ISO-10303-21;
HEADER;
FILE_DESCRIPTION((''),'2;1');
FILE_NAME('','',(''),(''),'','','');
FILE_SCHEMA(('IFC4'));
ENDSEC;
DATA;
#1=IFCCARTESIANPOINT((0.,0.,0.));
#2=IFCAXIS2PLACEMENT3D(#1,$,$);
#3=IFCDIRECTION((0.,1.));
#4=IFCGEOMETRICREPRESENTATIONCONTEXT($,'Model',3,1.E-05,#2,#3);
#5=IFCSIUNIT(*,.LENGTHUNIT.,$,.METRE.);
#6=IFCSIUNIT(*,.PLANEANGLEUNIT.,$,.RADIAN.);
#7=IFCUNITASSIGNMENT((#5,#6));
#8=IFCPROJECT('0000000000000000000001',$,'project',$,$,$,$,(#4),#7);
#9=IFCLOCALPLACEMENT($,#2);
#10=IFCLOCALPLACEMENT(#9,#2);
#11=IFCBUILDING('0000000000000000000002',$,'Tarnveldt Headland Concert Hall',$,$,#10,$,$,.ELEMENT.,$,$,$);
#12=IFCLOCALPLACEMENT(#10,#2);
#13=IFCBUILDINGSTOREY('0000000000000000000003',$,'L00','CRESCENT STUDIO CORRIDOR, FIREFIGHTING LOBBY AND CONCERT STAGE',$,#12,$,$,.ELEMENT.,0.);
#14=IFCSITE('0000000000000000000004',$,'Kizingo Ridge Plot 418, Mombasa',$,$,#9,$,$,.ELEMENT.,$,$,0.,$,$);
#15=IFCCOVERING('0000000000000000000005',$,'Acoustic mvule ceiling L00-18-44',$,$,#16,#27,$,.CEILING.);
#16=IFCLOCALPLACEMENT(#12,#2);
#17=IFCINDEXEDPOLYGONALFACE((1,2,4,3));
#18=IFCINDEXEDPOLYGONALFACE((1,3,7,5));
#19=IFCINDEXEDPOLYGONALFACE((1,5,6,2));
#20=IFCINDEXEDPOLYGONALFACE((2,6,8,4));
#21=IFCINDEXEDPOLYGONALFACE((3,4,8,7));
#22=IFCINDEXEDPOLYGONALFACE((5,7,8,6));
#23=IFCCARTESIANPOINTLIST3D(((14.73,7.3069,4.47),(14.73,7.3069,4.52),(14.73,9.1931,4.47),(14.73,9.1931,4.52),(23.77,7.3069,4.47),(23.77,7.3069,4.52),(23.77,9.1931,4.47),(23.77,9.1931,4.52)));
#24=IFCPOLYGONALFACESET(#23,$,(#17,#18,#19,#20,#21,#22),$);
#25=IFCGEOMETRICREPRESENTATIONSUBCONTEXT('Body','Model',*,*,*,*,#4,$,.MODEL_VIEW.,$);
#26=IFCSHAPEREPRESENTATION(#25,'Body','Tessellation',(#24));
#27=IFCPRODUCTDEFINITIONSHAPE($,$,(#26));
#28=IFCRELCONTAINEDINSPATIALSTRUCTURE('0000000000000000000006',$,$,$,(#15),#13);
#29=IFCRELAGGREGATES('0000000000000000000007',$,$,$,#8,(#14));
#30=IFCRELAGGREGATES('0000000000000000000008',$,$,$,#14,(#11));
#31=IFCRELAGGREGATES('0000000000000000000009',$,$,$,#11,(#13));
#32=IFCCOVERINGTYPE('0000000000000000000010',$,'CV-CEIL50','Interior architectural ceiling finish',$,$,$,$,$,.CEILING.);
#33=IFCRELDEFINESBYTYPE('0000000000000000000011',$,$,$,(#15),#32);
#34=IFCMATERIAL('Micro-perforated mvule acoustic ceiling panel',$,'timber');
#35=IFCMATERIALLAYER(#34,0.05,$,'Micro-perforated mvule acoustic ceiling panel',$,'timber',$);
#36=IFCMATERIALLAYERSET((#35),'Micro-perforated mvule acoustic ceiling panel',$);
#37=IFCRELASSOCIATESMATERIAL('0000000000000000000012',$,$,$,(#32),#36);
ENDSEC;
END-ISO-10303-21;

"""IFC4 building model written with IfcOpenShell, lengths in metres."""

from ifc_helpers import new_model, si_unit, direction, frame, origin, place, context, subcontext, project, spatial, polyline, outline, extrude, material, layer, layer_set, type_object, element, save


model = new_model("IFC4")

# Units and contexts
model_context = context("Model", 3, precision=1e-05, world=origin(), true_north=direction((0.0, 1.0)))
body_context = subcontext(model_context, "Body", "Model", "MODEL_VIEW")
ifc_project = project(units=[si_unit("LENGTHUNIT", "METRE"), si_unit("PLANEANGLEUNIT", "RADIAN")], contexts=[model_context])

# Site, building, storey
site_placement = place(None, origin())
site = spatial("IfcSite", under=ifc_project, at=site_placement, Name="Kizingo Ridge Plot 418, Mombasa", CompositionType="ELEMENT", RefElevation=0.0)
building_placement = place(site_placement, origin())
building = spatial("IfcBuilding", under=site, at=building_placement, Name="Tarnveldt Headland Concert Hall", CompositionType="ELEMENT")
storey_placement = place(building_placement, origin())
storey = spatial("IfcBuildingStorey", under=building, at=storey_placement, Name="L00", Description="CRESCENT STUDIO CORRIDOR, FIREFIGHTING LOBBY AND CONCERT STAGE", CompositionType="ELEMENT", Elevation=0.0)

# Covering
ifc_material = material(Name="Micro-perforated mvule acoustic ceiling panel", Category="timber")
ifc_layer = layer(ifc_material, 0.05, Name="Micro-perforated mvule acoustic ceiling panel", Category="timber")
ifc_layer_set = layer_set([ifc_layer], Name="Micro-perforated mvule acoustic ceiling panel")
covering_type = type_object("IfcCoveringType", Name="CV-CEIL50", Description="Interior architectural ceiling finish", PredefinedType="CEILING", material=ifc_layer_set)
covering_1_placement = place(storey_placement, frame((0.0, 0.0, 4.47)))
element("IfcCovering", 1, at=covering_1_placement, inside=storey, type_object=covering_type, Name="Acoustic mvule ceiling L00-18-44", PredefinedType="CEILING", context=body_context, shape_type="SweptSolid", body=[
    extrude(outline(polyline([(14.73, 7.3069), (14.73, 9.1931), (23.77, 9.1931), (23.77, 7.3069), (14.73, 7.3069)])), origin(), (0.0, 0.0, 1.0), 0.05),
])

save(model, "model.ifc")
